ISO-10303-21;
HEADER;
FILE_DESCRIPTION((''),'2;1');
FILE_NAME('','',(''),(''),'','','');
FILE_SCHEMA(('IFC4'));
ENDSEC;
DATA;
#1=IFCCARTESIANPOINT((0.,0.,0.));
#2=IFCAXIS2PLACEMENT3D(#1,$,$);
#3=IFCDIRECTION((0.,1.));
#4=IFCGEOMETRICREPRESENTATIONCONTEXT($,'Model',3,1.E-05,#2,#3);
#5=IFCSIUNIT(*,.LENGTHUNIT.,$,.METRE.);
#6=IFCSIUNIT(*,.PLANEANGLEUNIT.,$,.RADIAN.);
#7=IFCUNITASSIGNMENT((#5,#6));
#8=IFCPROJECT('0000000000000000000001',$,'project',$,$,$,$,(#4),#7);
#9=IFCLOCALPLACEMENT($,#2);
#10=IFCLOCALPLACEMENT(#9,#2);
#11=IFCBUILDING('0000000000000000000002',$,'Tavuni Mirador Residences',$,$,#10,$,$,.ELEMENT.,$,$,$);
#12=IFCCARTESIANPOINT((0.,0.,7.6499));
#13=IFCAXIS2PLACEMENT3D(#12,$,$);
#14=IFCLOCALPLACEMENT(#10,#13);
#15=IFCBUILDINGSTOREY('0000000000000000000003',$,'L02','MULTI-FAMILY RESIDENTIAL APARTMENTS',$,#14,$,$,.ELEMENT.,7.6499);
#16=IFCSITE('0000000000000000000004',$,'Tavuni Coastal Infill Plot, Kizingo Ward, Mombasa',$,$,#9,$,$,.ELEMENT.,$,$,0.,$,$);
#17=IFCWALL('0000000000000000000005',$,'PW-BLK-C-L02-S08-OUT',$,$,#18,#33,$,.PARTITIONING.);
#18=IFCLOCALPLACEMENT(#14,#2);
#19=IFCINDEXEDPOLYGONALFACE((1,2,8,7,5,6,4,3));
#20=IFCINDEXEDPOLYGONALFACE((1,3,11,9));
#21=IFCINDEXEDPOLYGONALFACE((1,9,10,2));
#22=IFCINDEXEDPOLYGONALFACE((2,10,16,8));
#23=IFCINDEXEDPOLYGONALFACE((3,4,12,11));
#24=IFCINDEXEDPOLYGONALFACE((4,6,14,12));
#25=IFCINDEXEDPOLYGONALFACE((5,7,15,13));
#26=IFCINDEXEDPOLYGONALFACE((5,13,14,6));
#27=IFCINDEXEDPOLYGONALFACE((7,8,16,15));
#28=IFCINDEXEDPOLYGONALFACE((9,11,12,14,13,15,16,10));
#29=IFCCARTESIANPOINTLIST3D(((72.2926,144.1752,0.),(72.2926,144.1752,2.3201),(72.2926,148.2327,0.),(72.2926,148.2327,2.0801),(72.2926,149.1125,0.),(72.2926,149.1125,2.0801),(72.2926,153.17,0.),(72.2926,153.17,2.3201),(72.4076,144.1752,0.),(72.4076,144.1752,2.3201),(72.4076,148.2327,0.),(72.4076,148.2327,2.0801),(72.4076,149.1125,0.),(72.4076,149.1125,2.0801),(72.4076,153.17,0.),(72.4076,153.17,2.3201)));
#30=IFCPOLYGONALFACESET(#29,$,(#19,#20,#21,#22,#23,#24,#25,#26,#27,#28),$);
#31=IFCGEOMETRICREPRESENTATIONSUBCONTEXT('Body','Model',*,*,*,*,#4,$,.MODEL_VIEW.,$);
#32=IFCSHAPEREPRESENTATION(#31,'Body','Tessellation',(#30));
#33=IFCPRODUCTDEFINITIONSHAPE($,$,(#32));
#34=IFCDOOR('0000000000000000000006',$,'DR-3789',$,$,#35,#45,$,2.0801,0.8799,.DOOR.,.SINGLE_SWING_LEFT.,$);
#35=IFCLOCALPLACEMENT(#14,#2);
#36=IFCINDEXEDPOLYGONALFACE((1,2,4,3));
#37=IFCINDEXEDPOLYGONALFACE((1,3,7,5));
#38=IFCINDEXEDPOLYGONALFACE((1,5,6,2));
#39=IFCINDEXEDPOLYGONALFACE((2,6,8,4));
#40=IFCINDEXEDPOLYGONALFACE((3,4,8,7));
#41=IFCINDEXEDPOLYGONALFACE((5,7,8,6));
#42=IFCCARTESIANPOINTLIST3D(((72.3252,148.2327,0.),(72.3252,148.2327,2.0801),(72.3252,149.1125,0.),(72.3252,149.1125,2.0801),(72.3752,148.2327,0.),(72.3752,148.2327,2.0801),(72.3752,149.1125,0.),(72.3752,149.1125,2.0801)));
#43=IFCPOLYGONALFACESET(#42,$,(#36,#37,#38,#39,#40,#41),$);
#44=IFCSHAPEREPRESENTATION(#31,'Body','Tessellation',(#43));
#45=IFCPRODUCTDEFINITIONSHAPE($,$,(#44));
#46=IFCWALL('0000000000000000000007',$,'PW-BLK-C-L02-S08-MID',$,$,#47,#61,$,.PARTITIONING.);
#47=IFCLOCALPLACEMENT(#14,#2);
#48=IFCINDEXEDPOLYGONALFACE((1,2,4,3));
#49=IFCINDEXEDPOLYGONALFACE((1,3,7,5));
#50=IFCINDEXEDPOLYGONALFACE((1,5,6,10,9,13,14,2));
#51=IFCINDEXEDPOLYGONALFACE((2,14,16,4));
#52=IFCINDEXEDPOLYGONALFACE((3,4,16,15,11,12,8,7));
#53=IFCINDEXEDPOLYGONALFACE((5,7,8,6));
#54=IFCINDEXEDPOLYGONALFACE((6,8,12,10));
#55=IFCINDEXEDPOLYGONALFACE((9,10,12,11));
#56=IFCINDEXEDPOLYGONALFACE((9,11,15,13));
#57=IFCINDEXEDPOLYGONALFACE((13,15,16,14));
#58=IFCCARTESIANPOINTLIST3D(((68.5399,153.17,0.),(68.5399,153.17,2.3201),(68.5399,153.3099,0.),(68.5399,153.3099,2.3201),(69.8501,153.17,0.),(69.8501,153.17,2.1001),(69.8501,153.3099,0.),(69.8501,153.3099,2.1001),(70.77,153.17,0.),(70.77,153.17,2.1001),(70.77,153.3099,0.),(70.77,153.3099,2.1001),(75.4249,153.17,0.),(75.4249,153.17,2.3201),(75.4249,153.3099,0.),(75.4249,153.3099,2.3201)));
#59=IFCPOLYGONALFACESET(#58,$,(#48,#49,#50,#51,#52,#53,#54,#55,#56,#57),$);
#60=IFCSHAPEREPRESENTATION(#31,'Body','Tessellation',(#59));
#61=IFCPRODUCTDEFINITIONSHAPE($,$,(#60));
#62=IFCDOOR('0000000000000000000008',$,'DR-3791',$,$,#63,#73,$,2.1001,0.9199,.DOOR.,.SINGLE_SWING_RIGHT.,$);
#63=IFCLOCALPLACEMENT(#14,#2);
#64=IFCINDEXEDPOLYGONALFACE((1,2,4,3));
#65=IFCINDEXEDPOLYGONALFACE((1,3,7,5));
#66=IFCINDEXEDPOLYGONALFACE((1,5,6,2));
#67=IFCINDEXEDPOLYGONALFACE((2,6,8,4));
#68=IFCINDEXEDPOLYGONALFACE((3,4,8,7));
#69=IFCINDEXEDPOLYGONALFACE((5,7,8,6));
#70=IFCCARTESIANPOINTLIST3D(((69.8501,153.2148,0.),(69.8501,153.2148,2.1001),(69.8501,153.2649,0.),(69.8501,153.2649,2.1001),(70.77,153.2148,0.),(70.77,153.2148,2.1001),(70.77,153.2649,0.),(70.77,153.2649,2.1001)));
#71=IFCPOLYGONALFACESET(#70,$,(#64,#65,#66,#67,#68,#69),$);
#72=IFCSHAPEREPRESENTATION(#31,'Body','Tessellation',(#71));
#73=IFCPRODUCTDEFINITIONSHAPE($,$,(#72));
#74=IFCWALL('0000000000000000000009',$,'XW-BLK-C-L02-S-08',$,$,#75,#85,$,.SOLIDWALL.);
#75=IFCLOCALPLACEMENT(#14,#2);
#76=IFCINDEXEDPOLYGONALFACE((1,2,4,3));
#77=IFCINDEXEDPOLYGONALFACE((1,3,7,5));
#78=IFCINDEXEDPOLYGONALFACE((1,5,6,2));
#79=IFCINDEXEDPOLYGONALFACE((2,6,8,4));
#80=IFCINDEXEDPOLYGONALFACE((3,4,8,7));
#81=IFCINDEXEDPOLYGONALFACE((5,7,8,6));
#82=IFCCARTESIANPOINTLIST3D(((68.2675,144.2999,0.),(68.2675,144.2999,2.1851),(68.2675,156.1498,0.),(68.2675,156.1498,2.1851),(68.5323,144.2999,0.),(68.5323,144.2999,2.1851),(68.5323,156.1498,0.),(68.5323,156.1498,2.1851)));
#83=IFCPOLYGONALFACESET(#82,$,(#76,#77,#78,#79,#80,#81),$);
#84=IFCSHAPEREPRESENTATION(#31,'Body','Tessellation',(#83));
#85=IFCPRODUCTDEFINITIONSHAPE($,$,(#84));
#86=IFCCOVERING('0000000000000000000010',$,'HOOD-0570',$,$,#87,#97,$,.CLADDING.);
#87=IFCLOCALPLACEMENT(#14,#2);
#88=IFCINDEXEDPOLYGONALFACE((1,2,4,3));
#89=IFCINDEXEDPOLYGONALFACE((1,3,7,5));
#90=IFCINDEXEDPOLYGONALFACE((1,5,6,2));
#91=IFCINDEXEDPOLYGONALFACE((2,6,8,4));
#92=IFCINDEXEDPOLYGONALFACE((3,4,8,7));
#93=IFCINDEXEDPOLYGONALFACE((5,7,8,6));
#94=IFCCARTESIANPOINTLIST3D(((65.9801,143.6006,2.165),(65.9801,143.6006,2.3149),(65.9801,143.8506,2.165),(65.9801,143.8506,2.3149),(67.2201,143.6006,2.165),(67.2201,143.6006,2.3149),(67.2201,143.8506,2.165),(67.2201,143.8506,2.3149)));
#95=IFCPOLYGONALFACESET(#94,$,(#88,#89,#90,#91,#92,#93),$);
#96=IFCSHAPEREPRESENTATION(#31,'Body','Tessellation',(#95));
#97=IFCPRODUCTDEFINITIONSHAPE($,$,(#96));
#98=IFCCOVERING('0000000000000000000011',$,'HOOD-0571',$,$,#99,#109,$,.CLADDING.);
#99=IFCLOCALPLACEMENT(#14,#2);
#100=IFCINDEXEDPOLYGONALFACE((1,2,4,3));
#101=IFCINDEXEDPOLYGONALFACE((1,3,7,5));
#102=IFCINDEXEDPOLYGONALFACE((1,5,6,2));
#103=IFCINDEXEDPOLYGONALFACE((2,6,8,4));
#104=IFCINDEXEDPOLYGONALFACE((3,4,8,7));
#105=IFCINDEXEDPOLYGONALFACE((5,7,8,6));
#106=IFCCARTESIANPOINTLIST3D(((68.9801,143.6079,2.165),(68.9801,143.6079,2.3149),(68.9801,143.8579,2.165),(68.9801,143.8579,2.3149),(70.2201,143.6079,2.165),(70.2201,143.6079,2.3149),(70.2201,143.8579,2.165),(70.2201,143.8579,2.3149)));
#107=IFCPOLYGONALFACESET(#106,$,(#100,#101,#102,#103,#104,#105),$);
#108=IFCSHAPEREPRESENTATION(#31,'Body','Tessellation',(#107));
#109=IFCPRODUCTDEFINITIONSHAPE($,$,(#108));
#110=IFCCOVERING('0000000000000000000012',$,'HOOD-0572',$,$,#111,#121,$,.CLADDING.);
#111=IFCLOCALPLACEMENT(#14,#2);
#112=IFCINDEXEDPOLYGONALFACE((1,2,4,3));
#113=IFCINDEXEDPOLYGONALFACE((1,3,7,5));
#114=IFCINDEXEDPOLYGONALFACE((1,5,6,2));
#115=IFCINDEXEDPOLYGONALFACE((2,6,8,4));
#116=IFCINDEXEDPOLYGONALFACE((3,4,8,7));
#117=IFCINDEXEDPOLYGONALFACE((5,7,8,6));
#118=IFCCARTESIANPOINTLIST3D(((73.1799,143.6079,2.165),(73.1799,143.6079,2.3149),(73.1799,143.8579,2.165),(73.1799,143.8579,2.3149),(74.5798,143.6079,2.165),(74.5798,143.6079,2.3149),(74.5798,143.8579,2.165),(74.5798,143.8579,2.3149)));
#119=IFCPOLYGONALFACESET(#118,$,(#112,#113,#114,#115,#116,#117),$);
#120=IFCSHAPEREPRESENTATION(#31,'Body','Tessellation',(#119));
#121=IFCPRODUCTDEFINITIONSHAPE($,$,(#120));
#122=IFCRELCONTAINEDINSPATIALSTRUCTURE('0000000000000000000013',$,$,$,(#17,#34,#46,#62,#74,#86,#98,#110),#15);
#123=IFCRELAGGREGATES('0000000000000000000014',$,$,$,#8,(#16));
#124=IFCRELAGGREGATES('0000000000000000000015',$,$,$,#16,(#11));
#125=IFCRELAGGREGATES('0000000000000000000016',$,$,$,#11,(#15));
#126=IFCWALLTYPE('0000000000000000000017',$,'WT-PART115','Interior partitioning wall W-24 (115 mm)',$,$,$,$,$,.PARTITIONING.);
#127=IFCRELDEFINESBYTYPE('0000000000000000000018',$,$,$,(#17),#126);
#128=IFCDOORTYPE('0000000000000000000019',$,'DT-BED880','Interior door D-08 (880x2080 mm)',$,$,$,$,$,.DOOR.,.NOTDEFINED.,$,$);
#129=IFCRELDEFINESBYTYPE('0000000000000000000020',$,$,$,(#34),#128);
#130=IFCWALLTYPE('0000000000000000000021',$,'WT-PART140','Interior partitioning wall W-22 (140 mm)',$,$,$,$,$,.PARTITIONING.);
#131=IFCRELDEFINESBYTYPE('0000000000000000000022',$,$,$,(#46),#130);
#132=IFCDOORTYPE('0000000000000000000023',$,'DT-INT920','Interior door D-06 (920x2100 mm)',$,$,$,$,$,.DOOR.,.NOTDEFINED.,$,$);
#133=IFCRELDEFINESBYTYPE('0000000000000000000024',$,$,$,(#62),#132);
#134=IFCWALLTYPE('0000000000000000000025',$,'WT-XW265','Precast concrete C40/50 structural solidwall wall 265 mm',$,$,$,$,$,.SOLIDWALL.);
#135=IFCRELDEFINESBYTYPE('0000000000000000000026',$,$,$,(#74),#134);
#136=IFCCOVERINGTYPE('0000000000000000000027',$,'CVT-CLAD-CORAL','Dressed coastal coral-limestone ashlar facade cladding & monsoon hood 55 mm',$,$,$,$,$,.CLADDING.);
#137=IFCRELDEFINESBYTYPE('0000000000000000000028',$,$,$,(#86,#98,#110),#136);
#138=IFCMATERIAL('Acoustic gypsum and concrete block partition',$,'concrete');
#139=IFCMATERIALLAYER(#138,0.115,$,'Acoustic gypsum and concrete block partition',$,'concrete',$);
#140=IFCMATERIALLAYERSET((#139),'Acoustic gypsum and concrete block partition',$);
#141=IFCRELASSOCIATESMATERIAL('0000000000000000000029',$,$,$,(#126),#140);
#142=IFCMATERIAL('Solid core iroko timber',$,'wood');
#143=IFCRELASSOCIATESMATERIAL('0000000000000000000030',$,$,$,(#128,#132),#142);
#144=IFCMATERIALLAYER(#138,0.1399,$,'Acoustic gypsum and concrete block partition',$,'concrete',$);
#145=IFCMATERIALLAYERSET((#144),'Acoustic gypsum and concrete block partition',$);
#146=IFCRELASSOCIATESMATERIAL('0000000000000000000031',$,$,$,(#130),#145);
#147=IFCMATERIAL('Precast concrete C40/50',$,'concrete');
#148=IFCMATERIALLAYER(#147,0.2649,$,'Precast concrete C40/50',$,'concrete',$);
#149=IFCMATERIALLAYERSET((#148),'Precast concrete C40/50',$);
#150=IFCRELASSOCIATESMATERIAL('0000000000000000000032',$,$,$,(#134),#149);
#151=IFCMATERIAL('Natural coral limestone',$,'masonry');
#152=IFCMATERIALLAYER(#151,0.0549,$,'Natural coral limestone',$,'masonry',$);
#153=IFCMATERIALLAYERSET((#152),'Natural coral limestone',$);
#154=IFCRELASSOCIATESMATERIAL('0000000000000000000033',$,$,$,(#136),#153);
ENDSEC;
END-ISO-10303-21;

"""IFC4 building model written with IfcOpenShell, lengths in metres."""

from ifc_helpers import new_model, si_unit, direction, frame, frame_2d, origin, origin_2d, place, context, subcontext, project, spatial, rectangle, extrude, material, layer, layer_set, type_object, element, fill, save


model = new_model("IFC4")

# Units and contexts
model_context = context("Model", 3, precision=1e-05, world=origin(), true_north=direction((0.0, 1.0)))
body_context = subcontext(model_context, "Body", "Model", "MODEL_VIEW")
ifc_project = project(units=[si_unit("LENGTHUNIT", "METRE"), si_unit("PLANEANGLEUNIT", "RADIAN")], contexts=[model_context])

# Site, building, storey
site_placement = place(None, origin())
site = spatial("IfcSite", under=ifc_project, at=site_placement, Name="Tavuni Coastal Infill Plot, Kizingo Ward, Mombasa", CompositionType="ELEMENT", RefElevation=0.0)
building_placement = place(site_placement, origin())
building = spatial("IfcBuilding", under=site, at=building_placement, Name="Tavuni Mirador Residences", CompositionType="ELEMENT")
storey_placement = place(building_placement, frame((0.0, 0.0, 7.6499)))
storey = spatial("IfcBuildingStorey", under=building, at=storey_placement, Name="L02", Description="MULTI-FAMILY RESIDENTIAL APARTMENTS", CompositionType="ELEMENT", Elevation=7.6499)

# Shared definitions
ifc_material_1 = material(Name="Precast concrete C40/50", Category="concrete")

# Shared definitions
ifc_material_2 = material(Name="Solid core iroko timber", Category="wood")

# Walls, openings, doors
ifc_material_3 = material(Name="Acoustic gypsum and concrete block partition", Category="concrete")
ifc_layer_1 = layer(ifc_material_3, 0.115, Name="Acoustic gypsum and concrete block partition", Category="concrete")
ifc_layer_set_1 = layer_set([ifc_layer_1], Name="Acoustic gypsum and concrete block partition")
wall_type_1 = type_object("IfcWallType", Name="WT-PART115", Description="Interior partitioning wall W-24 (115 mm)", PredefinedType="PARTITIONING", material=ifc_layer_set_1)
wall_1_placement = place(storey_placement, frame((72.3501, 144.175, 0.0), z_axis=(0.0, 0.0, 1.0), x_axis=(0.0, 1.0, 0.0)))
wall_1 = element("IfcWall", 1, at=wall_1_placement, inside=storey, type_object=wall_type_1, Name="PW-BLK-C-L02-S08-OUT", PredefinedType="PARTITIONING", context=body_context, shape_type="SweptSolid", body=[
    extrude(rectangle(XDim=8.9949, YDim=0.115, at=frame_2d((4.4976, 0.0))), origin(), (0.0, 0.0, 1.0), 2.3201),
])
opening_1_placement = place(wall_1_placement, frame((4.0576, 0.0, 0.0)))
opening_1 = element("IfcOpeningElement", 2, at=opening_1_placement, cuts=wall_1, PredefinedType="OPENING", context=body_context, shape_type="SweptSolid", body=[
    extrude(rectangle(XDim=0.8799, YDim=2.0801, at=frame_2d((0.4399, 1.04))), frame((0.0, 0.0674, 0.0), z_axis=(0.0, -1.0, 0.0), x_axis=(1.0, 0.0, 0.0)), (0.0, 0.0, 1.0), 0.135),
])
door_type_1 = type_object("IfcDoorType", Name="DT-BED880", Description="Interior door D-08 (880x2080 mm)", OperationType="NOTDEFINED", PredefinedType="DOOR", material=ifc_material_2)
door_1_placement = place(opening_1_placement, origin())
door_1 = element("IfcDoor", 3, at=door_1_placement, inside=storey, type_object=door_type_1, Name="DR-3789", OperationType="SINGLE_SWING_LEFT", OverallHeight=2.0801, OverallWidth=0.8799, PredefinedType="DOOR", context=body_context, shape_type="SweptSolid", body=[
    extrude(rectangle(XDim=0.8799, YDim=2.0801, at=frame_2d((0.4399, 1.04))), frame((0.0, 0.0249, 0.0), z_axis=(0.0, -1.0, 0.0), x_axis=(1.0, 0.0, 0.0)), (0.0, 0.0, 1.0), 0.05),
])
fill(opening_1, door_1)
ifc_layer_2 = layer(ifc_material_3, 0.1399, Name="Acoustic gypsum and concrete block partition", Category="concrete")
ifc_layer_set_2 = layer_set([ifc_layer_2], Name="Acoustic gypsum and concrete block partition")
wall_type_2 = type_object("IfcWallType", Name="WT-PART140", Description="Interior partitioning wall W-22 (140 mm)", PredefinedType="PARTITIONING", material=ifc_layer_set_2)
wall_2_placement = place(storey_placement, frame((68.54, 153.24, 0.0), z_axis=(0.0, 0.0, 1.0), x_axis=(1.0, 0.0, 0.0)))
wall_2 = element("IfcWall", 4, at=wall_2_placement, inside=storey, type_object=wall_type_2, Name="PW-BLK-C-L02-S08-MID", PredefinedType="PARTITIONING", context=body_context, shape_type="SweptSolid", body=[
    extrude(rectangle(XDim=6.885, YDim=0.1399, at=frame_2d((3.4424, 0.0))), origin(), (0.0, 0.0, 1.0), 2.3201),
])
opening_2_placement = place(wall_2_placement, frame((1.3101, 0.0, 0.0)))
opening_2 = element("IfcOpeningElement", 5, at=opening_2_placement, cuts=wall_2, PredefinedType="OPENING", context=body_context, shape_type="SweptSolid", body=[
    extrude(rectangle(XDim=0.9199, YDim=2.1001, at=frame_2d((0.46, 1.05))), frame((0.0, 0.0801, 0.0), z_axis=(0.0, -1.0, 0.0), x_axis=(1.0, 0.0, 0.0)), (0.0, 0.0, 1.0), 0.1599),
])
door_type_2 = type_object("IfcDoorType", Name="DT-INT920", Description="Interior door D-06 (920x2100 mm)", OperationType="NOTDEFINED", PredefinedType="DOOR", material=ifc_material_2)
door_2_placement = place(opening_2_placement, origin())
door_2 = element("IfcDoor", 6, at=door_2_placement, inside=storey, type_object=door_type_2, Name="DR-3791", OperationType="SINGLE_SWING_RIGHT", OverallHeight=2.1001, OverallWidth=0.9199, PredefinedType="DOOR", context=body_context, shape_type="SweptSolid", body=[
    extrude(rectangle(XDim=0.9199, YDim=2.1001, at=frame_2d((0.46, 1.05))), frame((0.0, 0.0249, 0.0), z_axis=(0.0, -1.0, 0.0), x_axis=(1.0, 0.0, 0.0)), (0.0, 0.0, 1.0), 0.05),
])
fill(opening_2, door_2)

# Wall
ifc_layer_3 = layer(ifc_material_1, 0.2649, Name="Precast concrete C40/50", Category="concrete")
ifc_layer_set_3 = layer_set([ifc_layer_3], Name="Precast concrete C40/50")
wall_type_3 = type_object("IfcWallType", Name="WT-XW265", Description="Precast concrete C40/50 structural solidwall wall 265 mm", PredefinedType="SOLIDWALL", material=ifc_layer_set_3)
wall_3_placement = place(storey_placement, frame((68.3999, 144.3, 0.0), z_axis=(0.0, 0.0, 1.0), x_axis=(0.0, 1.0, 0.0)))
element("IfcWall", 7, at=wall_3_placement, inside=storey, type_object=wall_type_3, Name="XW-BLK-C-L02-S-08", PredefinedType="SOLIDWALL", context=body_context, shape_type="SweptSolid", body=[
    extrude(rectangle(XDim=11.8499, YDim=0.2649, at=frame_2d((5.9248, 0.0))), origin(), (0.0, 0.0, 1.0), 2.1851),
])

# Coverings
ifc_material_4 = material(Name="Natural coral limestone", Category="masonry")
ifc_layer_4 = layer(ifc_material_4, 0.0549, Name="Natural coral limestone", Category="masonry")
ifc_layer_set_4 = layer_set([ifc_layer_4], Name="Natural coral limestone")
covering_type = type_object("IfcCoveringType", Name="CVT-CLAD-CORAL", Description="Dressed coastal coral-limestone ashlar facade cladding & monsoon hood 55 mm", PredefinedType="CLADDING", material=ifc_layer_set_4)
for number, where, z_axis, x_axis, name in (
    (8, (66.6001, 143.7256, 2.165), (0.0, 0.0, 1.0), (1.0, 0.0, 0.0), "HOOD-0570"),
    (9, (69.6001, 143.7329, 2.165), (0.0, 0.0, 1.0), (1.0, 0.0, 0.0), "HOOD-0571"),
):
    element("IfcCovering", number, at=place(storey_placement, frame(where, z_axis=z_axis, x_axis=x_axis)), inside=storey, type_object=covering_type, Name=name, PredefinedType="CLADDING", context=body_context, shape_type="SweptSolid", body=[
        extrude(rectangle(XDim=1.24, YDim=0.25, at=origin_2d()), origin(), (0.0, 0.0, 1.0), 0.1499),
    ])
covering_placement = place(storey_placement, frame((73.8799, 143.7329, 2.165), z_axis=(0.0, 0.0, 1.0), x_axis=(1.0, 0.0, 0.0)))
element("IfcCovering", 10, at=covering_placement, inside=storey, type_object=covering_type, Name="HOOD-0572", PredefinedType="CLADDING", context=body_context, shape_type="SweptSolid", body=[
    extrude(rectangle(XDim=1.3999, YDim=0.25, at=origin_2d()), origin(), (0.0, 0.0, 1.0), 0.1499),
])

save(model, "model.ifc")
